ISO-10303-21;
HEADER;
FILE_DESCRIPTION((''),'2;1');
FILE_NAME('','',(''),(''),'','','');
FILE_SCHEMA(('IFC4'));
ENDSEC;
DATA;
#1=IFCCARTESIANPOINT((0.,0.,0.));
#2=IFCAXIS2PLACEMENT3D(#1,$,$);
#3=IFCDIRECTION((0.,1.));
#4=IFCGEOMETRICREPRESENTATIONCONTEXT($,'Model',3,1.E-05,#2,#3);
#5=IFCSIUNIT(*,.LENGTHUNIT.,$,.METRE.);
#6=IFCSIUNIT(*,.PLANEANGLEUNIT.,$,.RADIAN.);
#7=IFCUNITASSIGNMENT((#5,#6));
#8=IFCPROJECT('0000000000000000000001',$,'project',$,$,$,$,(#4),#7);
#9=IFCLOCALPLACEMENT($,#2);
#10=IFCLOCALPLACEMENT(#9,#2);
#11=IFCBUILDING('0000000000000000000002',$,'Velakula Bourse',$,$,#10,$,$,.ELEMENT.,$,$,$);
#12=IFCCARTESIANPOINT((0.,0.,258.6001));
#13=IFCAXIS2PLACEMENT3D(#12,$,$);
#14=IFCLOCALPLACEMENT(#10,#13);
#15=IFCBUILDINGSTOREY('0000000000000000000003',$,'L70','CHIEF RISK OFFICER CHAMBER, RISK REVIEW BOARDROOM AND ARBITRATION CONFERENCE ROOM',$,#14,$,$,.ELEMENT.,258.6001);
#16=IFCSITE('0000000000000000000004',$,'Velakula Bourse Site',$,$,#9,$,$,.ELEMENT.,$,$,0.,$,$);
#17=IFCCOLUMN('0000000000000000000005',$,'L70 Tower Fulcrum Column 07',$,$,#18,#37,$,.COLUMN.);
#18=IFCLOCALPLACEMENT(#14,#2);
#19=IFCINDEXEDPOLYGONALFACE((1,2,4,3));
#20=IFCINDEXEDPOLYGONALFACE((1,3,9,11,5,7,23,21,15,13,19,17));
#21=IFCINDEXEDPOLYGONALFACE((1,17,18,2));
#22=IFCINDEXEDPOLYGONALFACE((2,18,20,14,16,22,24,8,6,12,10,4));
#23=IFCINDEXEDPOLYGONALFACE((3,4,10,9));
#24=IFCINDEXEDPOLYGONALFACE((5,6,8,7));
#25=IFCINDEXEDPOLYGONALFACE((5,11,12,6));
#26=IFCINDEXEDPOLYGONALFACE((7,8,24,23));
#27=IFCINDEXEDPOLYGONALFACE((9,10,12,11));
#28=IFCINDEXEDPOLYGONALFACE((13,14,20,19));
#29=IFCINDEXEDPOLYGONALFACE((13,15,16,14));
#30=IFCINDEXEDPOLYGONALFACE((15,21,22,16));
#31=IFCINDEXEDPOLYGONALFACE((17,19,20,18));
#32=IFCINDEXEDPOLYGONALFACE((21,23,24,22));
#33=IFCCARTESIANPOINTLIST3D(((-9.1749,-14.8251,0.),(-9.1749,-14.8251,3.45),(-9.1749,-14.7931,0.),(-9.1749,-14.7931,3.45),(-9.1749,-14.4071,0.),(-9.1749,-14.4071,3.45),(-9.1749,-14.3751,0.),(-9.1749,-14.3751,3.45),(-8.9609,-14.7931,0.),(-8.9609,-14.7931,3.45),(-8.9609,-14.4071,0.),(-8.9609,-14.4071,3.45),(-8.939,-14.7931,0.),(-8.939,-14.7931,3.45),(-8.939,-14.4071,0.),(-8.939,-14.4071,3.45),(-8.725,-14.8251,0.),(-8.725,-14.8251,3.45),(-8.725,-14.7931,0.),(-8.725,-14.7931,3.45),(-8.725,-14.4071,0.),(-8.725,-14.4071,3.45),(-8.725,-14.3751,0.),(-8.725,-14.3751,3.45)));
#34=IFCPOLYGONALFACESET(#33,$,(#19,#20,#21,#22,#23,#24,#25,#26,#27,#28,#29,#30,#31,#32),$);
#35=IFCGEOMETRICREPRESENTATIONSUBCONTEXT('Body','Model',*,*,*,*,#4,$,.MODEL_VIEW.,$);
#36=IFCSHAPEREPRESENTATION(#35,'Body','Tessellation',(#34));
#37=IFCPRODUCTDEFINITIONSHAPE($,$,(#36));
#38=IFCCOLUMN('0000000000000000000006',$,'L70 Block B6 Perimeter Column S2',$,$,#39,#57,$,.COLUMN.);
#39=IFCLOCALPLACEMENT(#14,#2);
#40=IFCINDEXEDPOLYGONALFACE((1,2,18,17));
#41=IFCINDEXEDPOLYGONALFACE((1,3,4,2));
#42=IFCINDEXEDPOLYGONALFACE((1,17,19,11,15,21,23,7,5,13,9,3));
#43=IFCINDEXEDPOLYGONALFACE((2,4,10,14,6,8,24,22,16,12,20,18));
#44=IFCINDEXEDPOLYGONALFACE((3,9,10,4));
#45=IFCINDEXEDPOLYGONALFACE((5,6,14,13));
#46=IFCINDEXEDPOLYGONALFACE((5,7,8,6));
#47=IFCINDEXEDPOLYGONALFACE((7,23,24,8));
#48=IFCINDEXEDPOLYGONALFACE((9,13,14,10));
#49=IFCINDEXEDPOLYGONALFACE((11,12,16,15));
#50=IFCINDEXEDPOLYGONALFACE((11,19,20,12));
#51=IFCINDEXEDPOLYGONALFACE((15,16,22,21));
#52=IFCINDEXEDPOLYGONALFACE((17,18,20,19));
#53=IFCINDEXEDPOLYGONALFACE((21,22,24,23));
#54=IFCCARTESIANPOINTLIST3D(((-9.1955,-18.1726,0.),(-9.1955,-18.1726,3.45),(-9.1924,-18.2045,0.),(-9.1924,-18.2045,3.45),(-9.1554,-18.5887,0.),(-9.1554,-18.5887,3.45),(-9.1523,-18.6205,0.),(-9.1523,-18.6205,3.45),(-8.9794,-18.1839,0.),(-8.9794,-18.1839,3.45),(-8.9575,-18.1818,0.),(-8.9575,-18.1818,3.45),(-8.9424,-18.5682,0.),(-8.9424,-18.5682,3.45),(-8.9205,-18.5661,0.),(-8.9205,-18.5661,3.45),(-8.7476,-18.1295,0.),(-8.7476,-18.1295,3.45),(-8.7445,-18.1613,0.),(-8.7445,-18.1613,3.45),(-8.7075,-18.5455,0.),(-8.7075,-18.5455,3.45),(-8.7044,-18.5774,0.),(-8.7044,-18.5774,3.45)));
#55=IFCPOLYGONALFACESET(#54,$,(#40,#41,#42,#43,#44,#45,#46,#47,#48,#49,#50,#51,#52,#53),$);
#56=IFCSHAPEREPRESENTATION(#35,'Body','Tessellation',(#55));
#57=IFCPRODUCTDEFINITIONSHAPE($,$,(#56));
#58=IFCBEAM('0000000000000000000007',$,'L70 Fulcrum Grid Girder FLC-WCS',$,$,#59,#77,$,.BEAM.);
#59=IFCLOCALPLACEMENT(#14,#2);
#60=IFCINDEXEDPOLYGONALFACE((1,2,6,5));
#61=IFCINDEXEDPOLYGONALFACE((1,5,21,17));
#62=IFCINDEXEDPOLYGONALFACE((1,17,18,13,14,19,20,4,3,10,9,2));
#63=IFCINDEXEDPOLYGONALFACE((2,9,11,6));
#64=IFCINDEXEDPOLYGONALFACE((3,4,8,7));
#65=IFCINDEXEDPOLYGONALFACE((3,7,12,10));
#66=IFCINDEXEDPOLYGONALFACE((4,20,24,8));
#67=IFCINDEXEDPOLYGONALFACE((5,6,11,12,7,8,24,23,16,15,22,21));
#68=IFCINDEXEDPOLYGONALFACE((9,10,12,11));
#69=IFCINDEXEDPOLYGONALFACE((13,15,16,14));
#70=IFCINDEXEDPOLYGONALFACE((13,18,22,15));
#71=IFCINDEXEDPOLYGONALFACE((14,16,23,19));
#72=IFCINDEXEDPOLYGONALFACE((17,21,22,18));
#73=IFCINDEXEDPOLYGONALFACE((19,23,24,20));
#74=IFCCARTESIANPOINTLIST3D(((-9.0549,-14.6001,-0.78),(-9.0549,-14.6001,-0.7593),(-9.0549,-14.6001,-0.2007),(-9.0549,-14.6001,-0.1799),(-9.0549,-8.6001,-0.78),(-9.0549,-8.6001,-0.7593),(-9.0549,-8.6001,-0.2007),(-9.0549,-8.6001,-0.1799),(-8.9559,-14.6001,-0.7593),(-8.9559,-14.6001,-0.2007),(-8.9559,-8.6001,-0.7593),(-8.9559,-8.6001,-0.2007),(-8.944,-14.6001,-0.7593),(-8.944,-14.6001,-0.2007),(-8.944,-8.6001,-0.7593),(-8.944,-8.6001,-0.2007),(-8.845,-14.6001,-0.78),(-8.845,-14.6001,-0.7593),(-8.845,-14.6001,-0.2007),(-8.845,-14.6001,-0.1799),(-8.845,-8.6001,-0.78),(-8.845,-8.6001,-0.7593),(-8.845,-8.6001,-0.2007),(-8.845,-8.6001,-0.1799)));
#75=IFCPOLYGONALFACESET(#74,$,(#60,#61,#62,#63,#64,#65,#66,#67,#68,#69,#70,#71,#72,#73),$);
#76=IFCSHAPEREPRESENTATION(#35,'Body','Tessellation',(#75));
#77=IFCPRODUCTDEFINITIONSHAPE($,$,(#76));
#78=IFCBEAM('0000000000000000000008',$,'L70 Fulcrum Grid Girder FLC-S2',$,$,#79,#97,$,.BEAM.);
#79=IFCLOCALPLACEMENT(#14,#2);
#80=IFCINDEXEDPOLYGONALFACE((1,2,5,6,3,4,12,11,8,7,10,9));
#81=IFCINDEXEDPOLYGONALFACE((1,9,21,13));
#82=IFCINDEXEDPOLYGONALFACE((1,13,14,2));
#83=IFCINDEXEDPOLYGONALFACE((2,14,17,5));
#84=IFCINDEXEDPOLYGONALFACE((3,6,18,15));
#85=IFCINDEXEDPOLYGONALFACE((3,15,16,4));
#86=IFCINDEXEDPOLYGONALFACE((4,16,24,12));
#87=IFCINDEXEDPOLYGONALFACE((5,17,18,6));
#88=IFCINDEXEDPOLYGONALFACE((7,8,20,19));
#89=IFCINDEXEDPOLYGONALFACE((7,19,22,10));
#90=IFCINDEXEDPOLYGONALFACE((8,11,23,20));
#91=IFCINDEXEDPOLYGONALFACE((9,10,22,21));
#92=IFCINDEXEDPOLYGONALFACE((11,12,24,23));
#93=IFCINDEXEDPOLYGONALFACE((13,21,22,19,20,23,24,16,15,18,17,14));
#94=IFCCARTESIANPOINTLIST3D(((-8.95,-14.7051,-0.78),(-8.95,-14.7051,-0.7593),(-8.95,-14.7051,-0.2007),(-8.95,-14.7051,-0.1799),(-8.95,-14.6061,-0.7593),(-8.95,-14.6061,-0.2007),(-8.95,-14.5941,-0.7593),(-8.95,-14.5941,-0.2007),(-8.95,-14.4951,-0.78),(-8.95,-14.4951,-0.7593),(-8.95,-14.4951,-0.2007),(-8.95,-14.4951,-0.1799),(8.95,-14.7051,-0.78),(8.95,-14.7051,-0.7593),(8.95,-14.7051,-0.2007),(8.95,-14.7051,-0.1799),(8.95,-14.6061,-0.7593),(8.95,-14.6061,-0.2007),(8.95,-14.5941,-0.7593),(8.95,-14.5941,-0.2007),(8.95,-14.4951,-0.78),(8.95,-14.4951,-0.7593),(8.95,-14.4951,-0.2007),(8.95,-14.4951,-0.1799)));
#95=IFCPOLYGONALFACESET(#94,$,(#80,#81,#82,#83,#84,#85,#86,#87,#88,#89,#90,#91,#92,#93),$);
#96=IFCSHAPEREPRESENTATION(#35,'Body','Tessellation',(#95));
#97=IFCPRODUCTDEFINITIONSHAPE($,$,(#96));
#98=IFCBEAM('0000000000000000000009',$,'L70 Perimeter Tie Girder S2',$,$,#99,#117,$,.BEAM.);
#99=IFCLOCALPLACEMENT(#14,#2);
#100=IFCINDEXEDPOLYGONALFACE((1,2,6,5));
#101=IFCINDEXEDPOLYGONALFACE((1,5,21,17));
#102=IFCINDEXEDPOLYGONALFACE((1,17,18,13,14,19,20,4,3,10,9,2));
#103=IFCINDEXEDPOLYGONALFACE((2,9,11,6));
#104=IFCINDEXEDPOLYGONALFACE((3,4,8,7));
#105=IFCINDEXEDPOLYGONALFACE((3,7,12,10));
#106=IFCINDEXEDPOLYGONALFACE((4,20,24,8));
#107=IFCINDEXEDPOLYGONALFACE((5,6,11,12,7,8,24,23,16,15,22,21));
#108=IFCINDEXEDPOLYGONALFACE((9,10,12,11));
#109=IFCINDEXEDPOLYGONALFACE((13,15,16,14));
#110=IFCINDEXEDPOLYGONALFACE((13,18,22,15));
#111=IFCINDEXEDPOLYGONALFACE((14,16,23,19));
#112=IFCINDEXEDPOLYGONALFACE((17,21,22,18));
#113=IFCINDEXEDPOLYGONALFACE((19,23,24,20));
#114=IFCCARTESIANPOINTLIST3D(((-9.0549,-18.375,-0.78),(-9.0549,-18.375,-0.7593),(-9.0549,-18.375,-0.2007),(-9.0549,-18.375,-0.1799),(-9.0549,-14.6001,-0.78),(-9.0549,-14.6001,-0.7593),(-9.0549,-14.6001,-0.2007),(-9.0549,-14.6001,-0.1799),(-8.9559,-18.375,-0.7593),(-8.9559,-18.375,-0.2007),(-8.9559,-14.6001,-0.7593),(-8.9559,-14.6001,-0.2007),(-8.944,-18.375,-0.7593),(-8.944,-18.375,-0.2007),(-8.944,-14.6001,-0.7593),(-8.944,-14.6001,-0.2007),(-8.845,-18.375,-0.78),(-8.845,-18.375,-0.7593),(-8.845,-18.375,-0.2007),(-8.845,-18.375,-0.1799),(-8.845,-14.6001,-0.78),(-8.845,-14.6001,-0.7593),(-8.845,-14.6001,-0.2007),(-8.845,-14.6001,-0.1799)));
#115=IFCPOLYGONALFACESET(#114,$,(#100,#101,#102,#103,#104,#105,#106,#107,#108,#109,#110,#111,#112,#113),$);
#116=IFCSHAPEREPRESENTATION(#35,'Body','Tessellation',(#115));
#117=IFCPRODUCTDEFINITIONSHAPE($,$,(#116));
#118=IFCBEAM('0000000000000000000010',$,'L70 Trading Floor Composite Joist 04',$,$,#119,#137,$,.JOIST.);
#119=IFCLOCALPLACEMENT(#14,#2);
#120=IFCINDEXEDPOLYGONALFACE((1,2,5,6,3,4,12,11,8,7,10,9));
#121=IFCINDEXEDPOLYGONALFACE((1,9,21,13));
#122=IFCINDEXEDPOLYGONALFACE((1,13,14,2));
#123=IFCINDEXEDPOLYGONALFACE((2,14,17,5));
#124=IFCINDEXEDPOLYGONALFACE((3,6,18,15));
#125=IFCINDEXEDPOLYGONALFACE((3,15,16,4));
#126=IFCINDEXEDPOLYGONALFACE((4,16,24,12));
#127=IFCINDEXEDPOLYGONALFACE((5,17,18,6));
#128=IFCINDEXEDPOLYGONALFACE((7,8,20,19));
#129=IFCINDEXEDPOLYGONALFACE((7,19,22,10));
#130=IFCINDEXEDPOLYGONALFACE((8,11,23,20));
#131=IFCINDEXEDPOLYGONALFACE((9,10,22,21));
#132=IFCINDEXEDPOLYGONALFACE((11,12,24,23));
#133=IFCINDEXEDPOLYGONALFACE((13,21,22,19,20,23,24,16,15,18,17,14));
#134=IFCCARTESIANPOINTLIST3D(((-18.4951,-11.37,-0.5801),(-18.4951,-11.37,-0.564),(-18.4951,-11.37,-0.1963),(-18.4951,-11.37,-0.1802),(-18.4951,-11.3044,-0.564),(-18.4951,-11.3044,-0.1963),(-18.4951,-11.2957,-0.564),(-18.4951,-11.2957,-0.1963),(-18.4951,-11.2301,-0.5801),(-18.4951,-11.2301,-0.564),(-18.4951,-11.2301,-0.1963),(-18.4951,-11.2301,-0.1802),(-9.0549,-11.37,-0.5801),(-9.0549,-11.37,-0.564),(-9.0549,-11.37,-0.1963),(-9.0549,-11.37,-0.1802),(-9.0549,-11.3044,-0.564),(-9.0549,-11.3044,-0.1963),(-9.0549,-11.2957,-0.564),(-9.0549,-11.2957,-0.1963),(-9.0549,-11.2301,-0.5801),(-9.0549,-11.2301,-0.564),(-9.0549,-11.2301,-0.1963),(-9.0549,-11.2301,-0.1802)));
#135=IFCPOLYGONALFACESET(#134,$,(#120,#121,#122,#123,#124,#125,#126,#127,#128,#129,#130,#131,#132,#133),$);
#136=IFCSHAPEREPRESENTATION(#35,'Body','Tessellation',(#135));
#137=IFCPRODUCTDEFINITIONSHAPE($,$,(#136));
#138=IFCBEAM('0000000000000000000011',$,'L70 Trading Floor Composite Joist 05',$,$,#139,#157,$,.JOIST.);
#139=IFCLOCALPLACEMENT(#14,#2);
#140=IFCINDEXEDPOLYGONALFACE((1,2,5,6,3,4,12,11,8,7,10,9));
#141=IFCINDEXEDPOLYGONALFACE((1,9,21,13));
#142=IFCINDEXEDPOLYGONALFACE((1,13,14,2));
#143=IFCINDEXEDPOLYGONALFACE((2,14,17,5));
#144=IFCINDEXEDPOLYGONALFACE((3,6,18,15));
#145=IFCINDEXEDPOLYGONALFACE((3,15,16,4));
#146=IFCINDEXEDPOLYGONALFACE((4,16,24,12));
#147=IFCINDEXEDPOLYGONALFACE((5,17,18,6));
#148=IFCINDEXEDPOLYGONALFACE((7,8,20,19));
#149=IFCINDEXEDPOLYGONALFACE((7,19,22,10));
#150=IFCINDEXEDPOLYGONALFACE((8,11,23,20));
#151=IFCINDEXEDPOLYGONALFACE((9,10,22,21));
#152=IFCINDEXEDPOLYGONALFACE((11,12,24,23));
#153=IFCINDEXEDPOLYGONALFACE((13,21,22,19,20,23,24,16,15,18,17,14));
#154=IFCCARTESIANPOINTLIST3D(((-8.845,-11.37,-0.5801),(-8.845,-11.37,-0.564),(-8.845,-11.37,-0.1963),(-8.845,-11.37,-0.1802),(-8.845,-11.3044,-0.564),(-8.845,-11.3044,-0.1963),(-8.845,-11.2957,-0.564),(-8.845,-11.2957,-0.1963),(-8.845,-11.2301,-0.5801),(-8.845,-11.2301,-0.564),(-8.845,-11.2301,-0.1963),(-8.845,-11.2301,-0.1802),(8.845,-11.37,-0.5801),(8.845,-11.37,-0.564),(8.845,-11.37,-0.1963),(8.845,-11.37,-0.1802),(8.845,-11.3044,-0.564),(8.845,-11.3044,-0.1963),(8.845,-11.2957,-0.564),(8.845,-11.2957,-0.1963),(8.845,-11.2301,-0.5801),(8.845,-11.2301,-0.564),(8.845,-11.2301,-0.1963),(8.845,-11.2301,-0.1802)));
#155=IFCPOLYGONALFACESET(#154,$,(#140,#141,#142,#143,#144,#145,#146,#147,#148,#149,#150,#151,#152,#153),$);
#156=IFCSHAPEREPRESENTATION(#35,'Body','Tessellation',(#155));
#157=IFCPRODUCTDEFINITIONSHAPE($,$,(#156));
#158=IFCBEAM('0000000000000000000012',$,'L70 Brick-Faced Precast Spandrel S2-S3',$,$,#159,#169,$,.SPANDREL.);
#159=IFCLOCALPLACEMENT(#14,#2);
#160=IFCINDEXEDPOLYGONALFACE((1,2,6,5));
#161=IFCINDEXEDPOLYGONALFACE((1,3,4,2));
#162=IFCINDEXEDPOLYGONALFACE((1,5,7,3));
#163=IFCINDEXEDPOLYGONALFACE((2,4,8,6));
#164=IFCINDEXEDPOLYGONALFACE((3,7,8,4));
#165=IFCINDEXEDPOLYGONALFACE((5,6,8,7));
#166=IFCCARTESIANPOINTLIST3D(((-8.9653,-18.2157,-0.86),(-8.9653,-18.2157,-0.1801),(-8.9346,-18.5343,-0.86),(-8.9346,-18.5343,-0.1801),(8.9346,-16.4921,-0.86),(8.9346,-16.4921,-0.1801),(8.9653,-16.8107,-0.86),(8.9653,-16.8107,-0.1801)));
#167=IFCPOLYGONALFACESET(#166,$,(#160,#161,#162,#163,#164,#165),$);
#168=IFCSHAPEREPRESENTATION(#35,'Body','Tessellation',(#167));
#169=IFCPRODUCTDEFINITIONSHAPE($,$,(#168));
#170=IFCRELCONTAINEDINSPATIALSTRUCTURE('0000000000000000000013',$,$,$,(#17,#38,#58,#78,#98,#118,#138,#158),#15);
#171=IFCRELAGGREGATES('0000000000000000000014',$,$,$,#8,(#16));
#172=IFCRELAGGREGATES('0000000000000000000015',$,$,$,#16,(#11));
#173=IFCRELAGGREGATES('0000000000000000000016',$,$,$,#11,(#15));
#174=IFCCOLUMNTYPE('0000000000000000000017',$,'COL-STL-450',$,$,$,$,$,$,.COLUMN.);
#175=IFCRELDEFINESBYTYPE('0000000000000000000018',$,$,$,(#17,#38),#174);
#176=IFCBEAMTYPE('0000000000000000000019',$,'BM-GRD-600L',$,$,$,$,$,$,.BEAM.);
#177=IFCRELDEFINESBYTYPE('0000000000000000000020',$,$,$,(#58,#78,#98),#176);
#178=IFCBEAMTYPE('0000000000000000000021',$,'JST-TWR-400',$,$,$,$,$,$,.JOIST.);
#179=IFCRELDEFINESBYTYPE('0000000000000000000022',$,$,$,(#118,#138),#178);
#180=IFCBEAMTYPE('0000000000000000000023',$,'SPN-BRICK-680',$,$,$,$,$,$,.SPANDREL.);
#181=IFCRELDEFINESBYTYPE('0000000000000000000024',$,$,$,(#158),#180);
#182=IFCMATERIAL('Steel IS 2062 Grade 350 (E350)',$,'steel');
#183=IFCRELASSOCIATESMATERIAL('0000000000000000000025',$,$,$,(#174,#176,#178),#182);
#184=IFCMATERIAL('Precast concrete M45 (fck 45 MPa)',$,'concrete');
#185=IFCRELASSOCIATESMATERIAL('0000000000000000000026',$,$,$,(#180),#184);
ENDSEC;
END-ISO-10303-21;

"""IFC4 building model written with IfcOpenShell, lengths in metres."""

from ifc_helpers import new_model, si_unit, direction, frame, origin, origin_2d, place, context, subcontext, project, spatial, rectangle, i_section, extrude, material, material_profile, profile_set, type_object, element, save


model = new_model("IFC4")

# Units and contexts
model_context = context("Model", 3, precision=1e-05, world=origin(), true_north=direction((0.0, 1.0)))
body_context = subcontext(model_context, "Body", "Model", "MODEL_VIEW")
ifc_project = project(units=[si_unit("LENGTHUNIT", "METRE"), si_unit("PLANEANGLEUNIT", "RADIAN")], contexts=[model_context])

# Site, building, storey
site_placement = place(None, origin())
site = spatial("IfcSite", under=ifc_project, at=site_placement, Name="Velakula Bourse Site", CompositionType="ELEMENT", RefElevation=0.0)
building_placement = place(site_placement, origin())
building = spatial("IfcBuilding", under=site, at=building_placement, Name="Velakula Bourse", CompositionType="ELEMENT")
storey_placement = place(building_placement, frame((0.0, 0.0, 258.6001)))
storey = spatial("IfcBuildingStorey", under=building, at=storey_placement, Name="L70", Description="CHIEF RISK OFFICER CHAMBER, RISK REVIEW BOARDROOM AND ARBITRATION CONFERENCE ROOM", CompositionType="ELEMENT", Elevation=258.6001)

# Columns
ifc_material_1 = material(Name="Steel IS 2062 Grade 350 (E350)", Category="steel")
ifc_material_profile_1 = material_profile(ifc_material_1, i_section(OverallWidth=0.45, OverallDepth=0.45, WebThickness=0.022, FlangeThickness=0.032, at=origin_2d()), Name="Steel IS 2062 Grade 350 (E350)")
ifc_profile_set_1 = profile_set([ifc_material_profile_1], Name="Steel IS 2062 Grade 350 (E350)")
column_type = type_object("IfcColumnType", Name="COL-STL-450", PredefinedType="COLUMN", material=ifc_profile_set_1)
for number, where, z_axis, x_axis, name in (
    (1, (-8.95, -14.6001, 0.0), (0.0, 0.0, 1.0), (1.0, 0.0, 0.0), "L70 Tower Fulcrum Column 07"),
    (2, (-8.95, -18.375, 0.0), (0.0, 0.0, 1.0), (0.995396, 0.095846, 0.0), "L70 Block B6 Perimeter Column S2"),
):
    element("IfcColumn", number, at=place(storey_placement, frame(where, z_axis=z_axis, x_axis=x_axis)), inside=storey, type_object=column_type, Name=name, PredefinedType="COLUMN", context=body_context, shape_type="SweptSolid", body=[
        extrude(i_section(OverallWidth=0.45, OverallDepth=0.45, WebThickness=0.022, FlangeThickness=0.032, at=origin_2d()), origin(), (0.0, 0.0, 1.0), 3.45),
    ])

# Beams
ifc_material_profile_2 = material_profile(ifc_material_1, i_section(OverallWidth=0.21, OverallDepth=0.6001, WebThickness=0.012, FlangeThickness=0.0208, at=origin_2d()), Name="Steel IS 2062 Grade 350 (E350)")
ifc_profile_set_2 = profile_set([ifc_material_profile_2], Name="Steel IS 2062 Grade 350 (E350)")
beam_type_1 = type_object("IfcBeamType", Name="BM-GRD-600L", PredefinedType="BEAM", material=ifc_profile_set_2)
beam_1_placement = place(storey_placement, frame((-8.95, -14.6001, -0.48), z_axis=(0.0, 1.0, 0.0), x_axis=(-1.0, 0.0, 0.0)))
element("IfcBeam", 3, at=beam_1_placement, inside=storey, type_object=beam_type_1, Name="L70 Fulcrum Grid Girder FLC-WCS", PredefinedType="BEAM", context=body_context, shape_type="SweptSolid", body=[
    extrude(i_section(OverallWidth=0.21, OverallDepth=0.6001, WebThickness=0.012, FlangeThickness=0.0208, at=origin_2d()), origin(), (0.0, 0.0, 1.0), 6.0),
])
beam_2_placement = place(storey_placement, frame((-8.95, -14.6001, -0.48), z_axis=(1.0, 0.0, 0.0), x_axis=(0.0, 1.0, 0.0)))
element("IfcBeam", 4, at=beam_2_placement, inside=storey, type_object=beam_type_1, Name="L70 Fulcrum Grid Girder FLC-S2", PredefinedType="BEAM", context=body_context, shape_type="SweptSolid", body=[
    extrude(i_section(OverallWidth=0.21, OverallDepth=0.6001, WebThickness=0.012, FlangeThickness=0.0208, at=origin_2d()), origin(), (0.0, 0.0, 1.0), 17.8999),
])
beam_3_placement = place(storey_placement, frame((-8.95, -14.6001, -0.48), z_axis=(0.0, -1.0, 0.0), x_axis=(1.0, 0.0, 0.0)))
element("IfcBeam", 5, at=beam_3_placement, inside=storey, type_object=beam_type_1, Name="L70 Perimeter Tie Girder S2", PredefinedType="BEAM", context=body_context, shape_type="SweptSolid", body=[
    extrude(i_section(OverallWidth=0.21, OverallDepth=0.6001, WebThickness=0.012, FlangeThickness=0.0208, at=origin_2d()), origin(), (0.0, 0.0, 1.0), 3.7749),
])
ifc_material_profile_3 = material_profile(ifc_material_1, i_section(OverallWidth=0.1399, OverallDepth=0.3999, WebThickness=0.0088, FlangeThickness=0.0161, at=origin_2d()), Name="Steel IS 2062 Grade 350 (E350)")
ifc_profile_set_3 = profile_set([ifc_material_profile_3], Name="Steel IS 2062 Grade 350 (E350)")
beam_type_2 = type_object("IfcBeamType", Name="JST-TWR-400", PredefinedType="JOIST", material=ifc_profile_set_3)
beam_4_placement = place(storey_placement, frame((-18.4951, -11.3, -0.3801), z_axis=(1.0, 0.0, 0.0), x_axis=(0.0, 1.0, 0.0)))
element("IfcBeam", 6, at=beam_4_placement, inside=storey, type_object=beam_type_2, Name="L70 Trading Floor Composite Joist 04", PredefinedType="JOIST", context=body_context, shape_type="SweptSolid", body=[
    extrude(i_section(OverallWidth=0.1399, OverallDepth=0.3999, WebThickness=0.0088, FlangeThickness=0.0161, at=origin_2d()), origin(), (0.0, 0.0, 1.0), 9.4402),
])
beam_5_placement = place(storey_placement, frame((-8.845, -11.3, -0.3801), z_axis=(1.0, 0.0, 0.0), x_axis=(0.0, 1.0, 0.0)))
element("IfcBeam", 7, at=beam_5_placement, inside=storey, type_object=beam_type_2, Name="L70 Trading Floor Composite Joist 05", PredefinedType="JOIST", context=body_context, shape_type="SweptSolid", body=[
    extrude(i_section(OverallWidth=0.1399, OverallDepth=0.3999, WebThickness=0.0088, FlangeThickness=0.0161, at=origin_2d()), origin(), (0.0, 0.0, 1.0), 17.6899),
])
ifc_material_2 = material(Name="Precast concrete M45 (fck 45 MPa)", Category="concrete")
ifc_material_profile_4 = material_profile(ifc_material_2, rectangle(XDim=0.3201, YDim=0.6799, at=origin_2d()), Name="Precast concrete M45 (fck 45 MPa)")
ifc_profile_set_4 = profile_set([ifc_material_profile_4], Name="Precast concrete M45 (fck 45 MPa)")
beam_type_3 = type_object("IfcBeamType", Name="SPN-BRICK-680", PredefinedType="SPANDREL", material=ifc_profile_set_4)
beam_6_placement = place(storey_placement, frame((-8.95, -18.375, -0.52), z_axis=(0.995396, 0.09585, 0.0), x_axis=(-0.09585, 0.995396, 0.0)))
element("IfcBeam", 8, at=beam_6_placement, inside=storey, type_object=beam_type_3, Name="L70 Brick-Faced Precast Spandrel S2-S3", PredefinedType="SPANDREL", context=body_context, shape_type="SweptSolid", body=[
    extrude(rectangle(XDim=0.3201, YDim=0.6799, at=origin_2d()), origin(), (0.0, 0.0, 1.0), 17.9827),
])

save(model, "model.ifc")
